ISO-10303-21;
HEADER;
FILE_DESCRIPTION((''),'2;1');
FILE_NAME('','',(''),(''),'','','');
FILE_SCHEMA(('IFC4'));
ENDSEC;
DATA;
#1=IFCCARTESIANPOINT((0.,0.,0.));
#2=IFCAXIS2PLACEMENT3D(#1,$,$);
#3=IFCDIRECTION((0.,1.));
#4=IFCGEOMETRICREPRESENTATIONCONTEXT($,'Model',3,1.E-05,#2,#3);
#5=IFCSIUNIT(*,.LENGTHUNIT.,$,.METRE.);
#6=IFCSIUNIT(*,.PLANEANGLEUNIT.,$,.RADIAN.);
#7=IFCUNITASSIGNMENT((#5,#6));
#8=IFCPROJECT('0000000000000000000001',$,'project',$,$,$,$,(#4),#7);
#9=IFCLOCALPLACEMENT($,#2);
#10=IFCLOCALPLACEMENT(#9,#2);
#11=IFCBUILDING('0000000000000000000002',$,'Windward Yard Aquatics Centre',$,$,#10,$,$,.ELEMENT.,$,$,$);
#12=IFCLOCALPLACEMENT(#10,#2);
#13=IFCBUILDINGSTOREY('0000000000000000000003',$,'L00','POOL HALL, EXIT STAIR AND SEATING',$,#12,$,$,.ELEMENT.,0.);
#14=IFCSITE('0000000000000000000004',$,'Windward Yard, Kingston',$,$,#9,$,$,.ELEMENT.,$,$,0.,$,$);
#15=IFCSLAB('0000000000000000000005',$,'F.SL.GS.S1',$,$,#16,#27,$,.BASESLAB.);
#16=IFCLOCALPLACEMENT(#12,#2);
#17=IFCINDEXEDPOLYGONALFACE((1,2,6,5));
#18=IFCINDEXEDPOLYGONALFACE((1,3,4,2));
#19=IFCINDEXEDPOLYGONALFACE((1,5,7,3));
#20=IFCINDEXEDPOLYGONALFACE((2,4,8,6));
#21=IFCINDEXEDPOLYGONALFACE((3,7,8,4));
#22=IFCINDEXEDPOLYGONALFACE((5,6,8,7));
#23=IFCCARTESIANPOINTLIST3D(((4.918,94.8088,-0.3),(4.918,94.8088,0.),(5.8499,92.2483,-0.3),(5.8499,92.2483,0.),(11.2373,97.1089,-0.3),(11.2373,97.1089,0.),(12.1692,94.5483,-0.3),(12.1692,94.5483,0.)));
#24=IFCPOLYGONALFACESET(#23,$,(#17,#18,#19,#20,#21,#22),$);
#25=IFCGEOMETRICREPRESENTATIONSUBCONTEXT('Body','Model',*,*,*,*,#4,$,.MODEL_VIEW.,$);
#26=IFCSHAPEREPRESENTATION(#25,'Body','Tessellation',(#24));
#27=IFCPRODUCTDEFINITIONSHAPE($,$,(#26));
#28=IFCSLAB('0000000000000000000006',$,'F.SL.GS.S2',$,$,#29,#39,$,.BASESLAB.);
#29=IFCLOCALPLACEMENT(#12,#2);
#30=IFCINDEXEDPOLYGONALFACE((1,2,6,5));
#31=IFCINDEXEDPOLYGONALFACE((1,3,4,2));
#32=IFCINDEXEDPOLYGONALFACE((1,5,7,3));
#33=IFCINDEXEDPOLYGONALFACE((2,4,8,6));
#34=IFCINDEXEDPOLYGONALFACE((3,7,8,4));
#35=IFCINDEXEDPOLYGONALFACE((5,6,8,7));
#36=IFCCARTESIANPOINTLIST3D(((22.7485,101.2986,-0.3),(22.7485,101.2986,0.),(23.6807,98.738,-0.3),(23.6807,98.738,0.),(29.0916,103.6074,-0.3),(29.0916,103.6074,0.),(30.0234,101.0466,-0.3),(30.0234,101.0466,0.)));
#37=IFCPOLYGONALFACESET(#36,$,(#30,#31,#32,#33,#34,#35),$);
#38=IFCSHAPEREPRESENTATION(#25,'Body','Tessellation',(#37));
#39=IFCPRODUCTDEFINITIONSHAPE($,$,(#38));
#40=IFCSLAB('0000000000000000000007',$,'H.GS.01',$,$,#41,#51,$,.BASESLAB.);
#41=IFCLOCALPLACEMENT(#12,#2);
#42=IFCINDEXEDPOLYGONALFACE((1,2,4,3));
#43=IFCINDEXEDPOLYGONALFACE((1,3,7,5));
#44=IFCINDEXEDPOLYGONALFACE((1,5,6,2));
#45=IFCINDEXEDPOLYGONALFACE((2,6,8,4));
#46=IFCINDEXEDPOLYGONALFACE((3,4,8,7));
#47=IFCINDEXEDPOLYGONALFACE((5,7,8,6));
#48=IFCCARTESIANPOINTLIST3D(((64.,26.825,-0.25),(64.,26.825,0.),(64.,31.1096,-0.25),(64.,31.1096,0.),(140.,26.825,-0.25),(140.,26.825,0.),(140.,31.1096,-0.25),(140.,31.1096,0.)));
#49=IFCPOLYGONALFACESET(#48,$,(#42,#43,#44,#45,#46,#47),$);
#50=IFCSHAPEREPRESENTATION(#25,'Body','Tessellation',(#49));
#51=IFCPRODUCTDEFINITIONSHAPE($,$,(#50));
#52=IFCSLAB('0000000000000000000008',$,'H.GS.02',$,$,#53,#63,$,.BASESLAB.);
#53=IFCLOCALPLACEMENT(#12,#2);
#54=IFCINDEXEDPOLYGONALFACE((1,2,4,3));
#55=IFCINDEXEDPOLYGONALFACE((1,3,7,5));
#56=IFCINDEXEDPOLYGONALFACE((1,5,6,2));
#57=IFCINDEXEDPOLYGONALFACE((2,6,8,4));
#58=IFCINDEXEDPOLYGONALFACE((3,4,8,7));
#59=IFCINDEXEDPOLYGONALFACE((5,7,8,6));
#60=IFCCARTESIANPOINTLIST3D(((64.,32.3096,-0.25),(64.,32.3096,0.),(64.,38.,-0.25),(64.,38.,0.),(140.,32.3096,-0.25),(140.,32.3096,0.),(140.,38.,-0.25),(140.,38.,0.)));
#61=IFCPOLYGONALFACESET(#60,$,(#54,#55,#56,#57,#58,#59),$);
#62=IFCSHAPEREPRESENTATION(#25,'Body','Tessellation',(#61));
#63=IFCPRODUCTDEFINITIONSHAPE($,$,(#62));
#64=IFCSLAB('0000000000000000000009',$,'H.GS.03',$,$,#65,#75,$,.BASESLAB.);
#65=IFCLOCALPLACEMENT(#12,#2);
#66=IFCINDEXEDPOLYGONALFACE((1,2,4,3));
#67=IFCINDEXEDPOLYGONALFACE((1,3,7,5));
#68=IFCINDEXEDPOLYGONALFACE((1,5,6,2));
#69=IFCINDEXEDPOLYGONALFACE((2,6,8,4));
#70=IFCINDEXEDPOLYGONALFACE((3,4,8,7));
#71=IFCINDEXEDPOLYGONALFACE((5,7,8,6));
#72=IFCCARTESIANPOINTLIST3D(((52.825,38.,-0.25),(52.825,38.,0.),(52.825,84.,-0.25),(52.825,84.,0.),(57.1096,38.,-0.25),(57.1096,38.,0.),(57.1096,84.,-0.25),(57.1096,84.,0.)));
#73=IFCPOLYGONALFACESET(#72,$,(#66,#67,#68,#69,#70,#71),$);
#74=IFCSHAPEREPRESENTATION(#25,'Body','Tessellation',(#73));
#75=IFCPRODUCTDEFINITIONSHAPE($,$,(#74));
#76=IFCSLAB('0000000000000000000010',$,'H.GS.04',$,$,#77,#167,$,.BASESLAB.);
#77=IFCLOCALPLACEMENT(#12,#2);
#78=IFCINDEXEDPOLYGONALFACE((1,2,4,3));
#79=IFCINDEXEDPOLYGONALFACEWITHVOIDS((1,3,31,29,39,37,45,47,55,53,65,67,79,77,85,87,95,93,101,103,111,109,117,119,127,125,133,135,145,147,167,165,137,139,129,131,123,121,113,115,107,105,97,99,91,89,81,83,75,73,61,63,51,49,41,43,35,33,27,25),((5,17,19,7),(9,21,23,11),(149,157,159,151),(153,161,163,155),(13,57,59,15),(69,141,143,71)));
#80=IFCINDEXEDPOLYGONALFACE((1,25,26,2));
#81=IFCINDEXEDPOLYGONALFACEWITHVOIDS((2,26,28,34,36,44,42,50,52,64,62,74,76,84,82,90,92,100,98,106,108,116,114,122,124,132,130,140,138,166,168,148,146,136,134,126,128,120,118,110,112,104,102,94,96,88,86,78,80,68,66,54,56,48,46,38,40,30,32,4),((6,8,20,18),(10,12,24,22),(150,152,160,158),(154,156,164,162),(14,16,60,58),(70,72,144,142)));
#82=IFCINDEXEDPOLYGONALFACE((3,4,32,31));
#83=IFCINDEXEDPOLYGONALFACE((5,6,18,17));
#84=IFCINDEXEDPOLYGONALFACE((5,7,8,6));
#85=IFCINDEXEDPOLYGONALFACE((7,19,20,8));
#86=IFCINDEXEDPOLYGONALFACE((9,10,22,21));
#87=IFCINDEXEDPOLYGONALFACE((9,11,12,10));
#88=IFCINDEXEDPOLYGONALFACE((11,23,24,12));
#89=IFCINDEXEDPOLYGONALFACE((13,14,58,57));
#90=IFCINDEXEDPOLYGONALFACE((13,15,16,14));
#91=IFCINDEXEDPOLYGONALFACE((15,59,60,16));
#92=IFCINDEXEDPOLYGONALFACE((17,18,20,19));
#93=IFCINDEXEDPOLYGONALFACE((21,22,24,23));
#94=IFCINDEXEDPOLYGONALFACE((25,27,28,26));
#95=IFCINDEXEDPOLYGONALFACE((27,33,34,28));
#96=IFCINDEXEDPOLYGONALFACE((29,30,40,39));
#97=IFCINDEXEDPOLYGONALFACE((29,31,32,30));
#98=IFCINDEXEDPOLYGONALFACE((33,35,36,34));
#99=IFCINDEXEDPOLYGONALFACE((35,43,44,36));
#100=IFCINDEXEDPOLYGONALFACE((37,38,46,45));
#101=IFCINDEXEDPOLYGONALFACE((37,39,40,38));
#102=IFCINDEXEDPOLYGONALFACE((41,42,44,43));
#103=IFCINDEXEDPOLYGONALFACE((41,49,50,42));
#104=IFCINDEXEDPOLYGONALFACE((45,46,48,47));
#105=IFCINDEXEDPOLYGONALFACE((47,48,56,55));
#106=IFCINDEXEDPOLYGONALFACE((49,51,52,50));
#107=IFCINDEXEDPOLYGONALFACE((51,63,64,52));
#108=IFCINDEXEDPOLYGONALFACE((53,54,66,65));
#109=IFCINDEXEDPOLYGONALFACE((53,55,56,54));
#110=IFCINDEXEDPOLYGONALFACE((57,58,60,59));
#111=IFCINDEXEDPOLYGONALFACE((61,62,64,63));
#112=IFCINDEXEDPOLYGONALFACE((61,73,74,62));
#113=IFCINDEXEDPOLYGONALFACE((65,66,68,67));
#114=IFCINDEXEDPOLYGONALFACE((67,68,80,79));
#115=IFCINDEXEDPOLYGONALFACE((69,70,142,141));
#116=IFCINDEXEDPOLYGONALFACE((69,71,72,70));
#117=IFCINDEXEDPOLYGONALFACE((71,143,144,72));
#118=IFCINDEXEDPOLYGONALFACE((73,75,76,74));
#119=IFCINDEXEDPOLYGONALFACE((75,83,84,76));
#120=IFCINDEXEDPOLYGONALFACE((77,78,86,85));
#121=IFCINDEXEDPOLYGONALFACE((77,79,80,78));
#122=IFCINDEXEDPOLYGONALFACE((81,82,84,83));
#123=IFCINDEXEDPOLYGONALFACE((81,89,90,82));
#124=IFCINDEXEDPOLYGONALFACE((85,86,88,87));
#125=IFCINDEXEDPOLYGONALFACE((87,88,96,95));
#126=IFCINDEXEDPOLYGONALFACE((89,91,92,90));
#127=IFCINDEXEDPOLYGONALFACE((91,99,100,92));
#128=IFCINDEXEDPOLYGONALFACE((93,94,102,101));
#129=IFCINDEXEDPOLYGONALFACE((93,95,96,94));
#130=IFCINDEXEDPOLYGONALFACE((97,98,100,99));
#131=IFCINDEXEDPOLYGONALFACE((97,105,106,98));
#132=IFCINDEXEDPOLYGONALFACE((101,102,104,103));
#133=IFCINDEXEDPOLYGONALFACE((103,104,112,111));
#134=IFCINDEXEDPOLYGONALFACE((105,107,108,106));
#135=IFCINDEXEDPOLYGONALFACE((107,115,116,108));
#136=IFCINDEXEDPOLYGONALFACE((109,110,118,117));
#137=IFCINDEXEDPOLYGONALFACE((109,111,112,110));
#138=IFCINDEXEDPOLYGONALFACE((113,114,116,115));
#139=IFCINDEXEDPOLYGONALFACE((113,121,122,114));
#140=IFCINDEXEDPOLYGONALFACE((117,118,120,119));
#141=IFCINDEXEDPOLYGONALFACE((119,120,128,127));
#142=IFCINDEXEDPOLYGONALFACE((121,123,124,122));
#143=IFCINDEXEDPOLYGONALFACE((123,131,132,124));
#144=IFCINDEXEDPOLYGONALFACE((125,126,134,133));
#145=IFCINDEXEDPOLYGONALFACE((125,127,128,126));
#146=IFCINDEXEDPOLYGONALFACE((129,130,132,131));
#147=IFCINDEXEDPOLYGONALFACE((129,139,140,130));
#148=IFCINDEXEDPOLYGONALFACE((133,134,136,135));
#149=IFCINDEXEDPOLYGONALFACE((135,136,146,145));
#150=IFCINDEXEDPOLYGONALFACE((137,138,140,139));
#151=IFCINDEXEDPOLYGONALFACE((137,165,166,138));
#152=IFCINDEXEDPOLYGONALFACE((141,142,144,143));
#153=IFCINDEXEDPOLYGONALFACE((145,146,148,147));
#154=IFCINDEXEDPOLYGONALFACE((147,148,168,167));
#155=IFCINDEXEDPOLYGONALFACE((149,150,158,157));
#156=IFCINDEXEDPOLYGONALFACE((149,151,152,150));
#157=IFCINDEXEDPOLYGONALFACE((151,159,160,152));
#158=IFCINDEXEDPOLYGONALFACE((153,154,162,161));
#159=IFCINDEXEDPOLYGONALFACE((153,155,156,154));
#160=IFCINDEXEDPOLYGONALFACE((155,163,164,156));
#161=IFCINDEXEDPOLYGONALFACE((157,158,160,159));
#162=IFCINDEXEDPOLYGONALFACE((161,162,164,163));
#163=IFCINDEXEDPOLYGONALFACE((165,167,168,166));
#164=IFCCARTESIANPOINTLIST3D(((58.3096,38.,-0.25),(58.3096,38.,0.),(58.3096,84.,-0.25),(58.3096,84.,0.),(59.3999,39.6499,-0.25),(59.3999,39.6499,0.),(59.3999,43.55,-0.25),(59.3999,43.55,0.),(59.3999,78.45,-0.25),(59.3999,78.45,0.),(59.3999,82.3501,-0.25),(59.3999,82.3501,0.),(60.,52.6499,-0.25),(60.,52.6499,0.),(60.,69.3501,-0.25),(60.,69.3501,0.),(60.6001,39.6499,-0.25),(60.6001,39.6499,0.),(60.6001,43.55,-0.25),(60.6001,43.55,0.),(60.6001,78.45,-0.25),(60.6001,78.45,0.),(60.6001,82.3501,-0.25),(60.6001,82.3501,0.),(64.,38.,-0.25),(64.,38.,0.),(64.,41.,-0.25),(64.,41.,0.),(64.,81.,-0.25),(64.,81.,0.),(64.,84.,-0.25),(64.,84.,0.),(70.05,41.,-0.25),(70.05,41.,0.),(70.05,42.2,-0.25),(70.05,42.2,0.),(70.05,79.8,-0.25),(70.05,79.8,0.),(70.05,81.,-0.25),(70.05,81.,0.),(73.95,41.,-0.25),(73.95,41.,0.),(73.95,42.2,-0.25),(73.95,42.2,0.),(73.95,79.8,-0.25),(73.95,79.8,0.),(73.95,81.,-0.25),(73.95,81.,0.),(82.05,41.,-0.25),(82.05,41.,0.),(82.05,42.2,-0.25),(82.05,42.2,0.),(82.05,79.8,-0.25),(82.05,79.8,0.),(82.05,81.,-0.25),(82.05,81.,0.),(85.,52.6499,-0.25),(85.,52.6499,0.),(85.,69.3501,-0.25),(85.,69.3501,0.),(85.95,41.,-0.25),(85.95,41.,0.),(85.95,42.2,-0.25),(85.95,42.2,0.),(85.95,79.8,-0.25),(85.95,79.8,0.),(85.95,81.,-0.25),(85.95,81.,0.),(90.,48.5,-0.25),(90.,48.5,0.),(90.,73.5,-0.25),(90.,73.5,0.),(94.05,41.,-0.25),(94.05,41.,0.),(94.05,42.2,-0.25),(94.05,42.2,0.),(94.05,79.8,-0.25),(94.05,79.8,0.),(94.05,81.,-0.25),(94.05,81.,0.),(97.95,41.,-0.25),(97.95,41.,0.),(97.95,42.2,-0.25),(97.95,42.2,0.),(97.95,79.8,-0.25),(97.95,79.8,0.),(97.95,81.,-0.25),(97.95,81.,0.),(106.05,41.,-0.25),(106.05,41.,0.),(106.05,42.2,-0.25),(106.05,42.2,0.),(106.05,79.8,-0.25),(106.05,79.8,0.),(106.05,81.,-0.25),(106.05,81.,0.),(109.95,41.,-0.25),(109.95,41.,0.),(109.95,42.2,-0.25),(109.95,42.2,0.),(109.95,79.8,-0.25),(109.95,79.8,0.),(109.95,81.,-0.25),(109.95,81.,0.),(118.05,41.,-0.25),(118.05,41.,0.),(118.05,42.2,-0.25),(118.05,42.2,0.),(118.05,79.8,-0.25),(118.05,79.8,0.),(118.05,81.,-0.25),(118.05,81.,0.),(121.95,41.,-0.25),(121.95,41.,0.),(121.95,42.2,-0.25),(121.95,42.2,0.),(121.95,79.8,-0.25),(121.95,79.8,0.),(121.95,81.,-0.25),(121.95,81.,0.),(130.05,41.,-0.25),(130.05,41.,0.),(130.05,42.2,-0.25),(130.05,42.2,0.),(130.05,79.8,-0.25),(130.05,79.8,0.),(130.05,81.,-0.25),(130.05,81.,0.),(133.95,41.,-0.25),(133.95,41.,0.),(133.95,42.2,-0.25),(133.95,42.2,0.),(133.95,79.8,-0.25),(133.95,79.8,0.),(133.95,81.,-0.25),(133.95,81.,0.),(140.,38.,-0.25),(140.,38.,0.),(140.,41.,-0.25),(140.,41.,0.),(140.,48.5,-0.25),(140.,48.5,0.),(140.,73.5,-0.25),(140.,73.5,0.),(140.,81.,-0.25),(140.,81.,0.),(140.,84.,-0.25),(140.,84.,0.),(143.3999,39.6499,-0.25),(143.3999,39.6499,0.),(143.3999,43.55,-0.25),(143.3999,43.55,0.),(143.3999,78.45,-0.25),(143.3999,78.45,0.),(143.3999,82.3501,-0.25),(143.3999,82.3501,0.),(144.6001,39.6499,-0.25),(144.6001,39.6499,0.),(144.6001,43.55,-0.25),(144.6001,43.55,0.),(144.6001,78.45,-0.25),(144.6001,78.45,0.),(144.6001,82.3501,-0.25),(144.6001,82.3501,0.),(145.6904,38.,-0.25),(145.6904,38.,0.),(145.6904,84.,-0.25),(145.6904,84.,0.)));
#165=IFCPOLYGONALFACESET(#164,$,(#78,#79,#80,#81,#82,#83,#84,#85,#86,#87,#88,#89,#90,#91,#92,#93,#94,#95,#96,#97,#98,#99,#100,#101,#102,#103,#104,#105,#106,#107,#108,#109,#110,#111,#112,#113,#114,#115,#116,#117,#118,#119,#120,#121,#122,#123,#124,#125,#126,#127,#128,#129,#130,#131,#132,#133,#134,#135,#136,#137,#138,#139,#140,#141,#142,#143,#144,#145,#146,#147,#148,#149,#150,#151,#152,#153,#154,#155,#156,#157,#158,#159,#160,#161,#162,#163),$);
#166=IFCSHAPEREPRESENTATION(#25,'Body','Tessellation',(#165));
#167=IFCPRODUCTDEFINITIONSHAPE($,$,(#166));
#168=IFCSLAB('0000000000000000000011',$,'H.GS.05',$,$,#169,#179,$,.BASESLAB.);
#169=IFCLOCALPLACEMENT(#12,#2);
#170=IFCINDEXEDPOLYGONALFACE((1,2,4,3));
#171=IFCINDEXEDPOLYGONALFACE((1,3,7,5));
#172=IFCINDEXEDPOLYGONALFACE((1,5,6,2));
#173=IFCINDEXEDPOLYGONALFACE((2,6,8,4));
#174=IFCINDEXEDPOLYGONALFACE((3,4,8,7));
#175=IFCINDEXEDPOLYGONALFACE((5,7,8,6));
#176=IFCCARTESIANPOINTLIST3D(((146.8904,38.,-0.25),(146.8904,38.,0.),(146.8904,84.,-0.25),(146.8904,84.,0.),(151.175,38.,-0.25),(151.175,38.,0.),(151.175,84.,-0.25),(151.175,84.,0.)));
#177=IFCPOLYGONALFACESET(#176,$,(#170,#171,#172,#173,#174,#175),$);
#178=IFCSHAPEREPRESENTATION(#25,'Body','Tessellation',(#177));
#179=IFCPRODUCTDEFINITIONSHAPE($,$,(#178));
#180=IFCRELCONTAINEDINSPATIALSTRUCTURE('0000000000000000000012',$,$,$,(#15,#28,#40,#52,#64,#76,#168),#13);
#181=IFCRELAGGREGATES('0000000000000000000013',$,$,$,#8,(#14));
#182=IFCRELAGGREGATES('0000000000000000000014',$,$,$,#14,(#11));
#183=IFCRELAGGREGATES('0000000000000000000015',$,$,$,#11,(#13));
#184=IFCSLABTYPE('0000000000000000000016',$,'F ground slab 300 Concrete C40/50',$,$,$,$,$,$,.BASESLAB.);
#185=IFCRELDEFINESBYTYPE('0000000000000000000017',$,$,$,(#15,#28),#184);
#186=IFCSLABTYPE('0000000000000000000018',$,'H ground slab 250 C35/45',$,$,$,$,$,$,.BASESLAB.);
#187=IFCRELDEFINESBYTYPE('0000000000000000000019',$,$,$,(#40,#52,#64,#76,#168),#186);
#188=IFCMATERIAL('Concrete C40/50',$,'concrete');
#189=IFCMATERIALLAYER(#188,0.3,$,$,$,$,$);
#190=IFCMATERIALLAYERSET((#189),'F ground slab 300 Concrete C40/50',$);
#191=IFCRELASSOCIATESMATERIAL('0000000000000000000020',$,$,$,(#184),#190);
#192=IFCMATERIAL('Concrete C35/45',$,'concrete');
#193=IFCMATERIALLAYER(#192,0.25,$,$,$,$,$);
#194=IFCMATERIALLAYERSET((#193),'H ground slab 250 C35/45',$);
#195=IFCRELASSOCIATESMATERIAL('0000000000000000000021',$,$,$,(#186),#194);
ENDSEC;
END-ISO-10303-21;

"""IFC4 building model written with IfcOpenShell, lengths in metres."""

from ifc_helpers import new_model, si_unit, direction, frame, origin, place, context, subcontext, project, spatial, polyline, outline, extrude, material, layer, layer_set, type_object, element, save


model = new_model("IFC4")

# Units and contexts
model_context = context("Model", 3, precision=1e-05, world=origin(), true_north=direction((0.0, 1.0)))
body_context = subcontext(model_context, "Body", "Model", "MODEL_VIEW")
ifc_project = project(units=[si_unit("LENGTHUNIT", "METRE"), si_unit("PLANEANGLEUNIT", "RADIAN")], contexts=[model_context])

# Site, building, storey
site_placement = place(None, origin())
site = spatial("IfcSite", under=ifc_project, at=site_placement, Name="Windward Yard, Kingston", CompositionType="ELEMENT", RefElevation=0.0)
building_placement = place(site_placement, origin())
building = spatial("IfcBuilding", under=site, at=building_placement, Name="Windward Yard Aquatics Centre", CompositionType="ELEMENT")
storey_placement = place(building_placement, origin())
storey = spatial("IfcBuildingStorey", under=building, at=storey_placement, Name="L00", Description="POOL HALL, EXIT STAIR AND SEATING", CompositionType="ELEMENT", Elevation=0.0)

# Slabs
ifc_material_1 = material(Name="Concrete C35/45", Category="concrete")
ifc_material_2 = material(Name="Concrete C40/50", Category="concrete")
ifc_layer_1 = layer(ifc_material_2, 0.3)
ifc_layer_set_1 = layer_set([ifc_layer_1], Name="F ground slab 300 Concrete C40/50")
slab_type_1 = type_object("IfcSlabType", Name="F ground slab 300 Concrete C40/50", PredefinedType="BASESLAB", material=ifc_layer_set_1)
slab_1_placement = place(storey_placement, frame((0.0, 0.0, -0.3)))
element("IfcSlab", 1, at=slab_1_placement, inside=storey, type_object=slab_type_1, Name="F.SL.GS.S1", PredefinedType="BASESLAB", context=body_context, shape_type="SweptSolid", body=[
    extrude(outline(polyline([(4.918, 94.8088), (5.8499, 92.2483), (12.1692, 94.5483), (11.2373, 97.1089), (4.918, 94.8088)])), origin(), (0.0, 0.0, 1.0), 0.3),
])
slab_2_placement = place(storey_placement, frame((0.0, 0.0, -0.3)))
element("IfcSlab", 2, at=slab_2_placement, inside=storey, type_object=slab_type_1, Name="F.SL.GS.S2", PredefinedType="BASESLAB", context=body_context, shape_type="SweptSolid", body=[
    extrude(outline(polyline([(22.7485, 101.2986), (23.6807, 98.738), (30.0234, 101.0466), (29.0916, 103.6074), (22.7485, 101.2986)])), origin(), (0.0, 0.0, 1.0), 0.3),
])
ifc_layer_2 = layer(ifc_material_1, 0.25)
ifc_layer_set_2 = layer_set([ifc_layer_2], Name="H ground slab 250 C35/45")
slab_type_2 = type_object("IfcSlabType", Name="H ground slab 250 C35/45", PredefinedType="BASESLAB", material=ifc_layer_set_2)
slab_3_placement = place(storey_placement, frame((0.0, 0.0, -0.25)))
element("IfcSlab", 3, at=slab_3_placement, inside=storey, type_object=slab_type_2, Name="H.GS.01", PredefinedType="BASESLAB", context=body_context, shape_type="SweptSolid", body=[
    extrude(outline(polyline([(64.0, 26.825), (64.0, 31.1096), (140.0, 31.1096), (140.0, 26.825), (64.0, 26.825)])), origin(), (0.0, 0.0, 1.0), 0.25),
])
slab_4_placement = place(storey_placement, frame((0.0, 0.0, -0.25)))
element("IfcSlab", 4, at=slab_4_placement, inside=storey, type_object=slab_type_2, Name="H.GS.02", PredefinedType="BASESLAB", context=body_context, shape_type="SweptSolid", body=[
    extrude(outline(polyline([(64.0, 32.3096), (64.0, 38.0), (140.0, 38.0), (140.0, 32.3096), (64.0, 32.3096)])), origin(), (0.0, 0.0, 1.0), 0.25),
])
slab_5_placement = place(storey_placement, frame((0.0, 0.0, -0.25)))
element("IfcSlab", 5, at=slab_5_placement, inside=storey, type_object=slab_type_2, Name="H.GS.03", PredefinedType="BASESLAB", context=body_context, shape_type="SweptSolid", body=[
    extrude(outline(polyline([(52.825, 38.0), (52.825, 84.0), (57.1096, 84.0), (57.1096, 38.0), (52.825, 38.0)])), origin(), (0.0, 0.0, 1.0), 0.25),
])
slab_6_placement = place(storey_placement, frame((0.0, 0.0, -0.25)))
element("IfcSlab", 6, at=slab_6_placement, inside=storey, type_object=slab_type_2, Name="H.GS.04", PredefinedType="BASESLAB", context=body_context, shape_type="SweptSolid", body=[
    extrude(outline(polyline([(58.3096, 38.0), (58.3096, 84.0), (64.0, 84.0), (64.0, 81.0), (70.05, 81.0), (70.05, 79.8), (73.95, 79.8), (73.95, 81.0), (82.05, 81.0), (82.05, 79.8), (85.95, 79.8), (85.95, 81.0), (94.05, 81.0), (94.05, 79.8), (97.95, 79.8), (97.95, 81.0), (106.05, 81.0), (106.05, 79.8), (109.95, 79.8), (109.95, 81.0), (118.05, 81.0), (118.05, 79.8), (121.95, 79.8), (121.95, 81.0), (130.05, 81.0), (130.05, 79.8), (133.95, 79.8), (133.95, 81.0), (140.0, 81.0), (140.0, 84.0), (145.6904, 84.0), (145.6904, 38.0), (140.0, 38.0), (140.0, 41.0), (133.95, 41.0), (133.95, 42.2), (130.05, 42.2), (130.05, 41.0), (121.95, 41.0), (121.95, 42.2), (118.05, 42.2), (118.05, 41.0), (109.95, 41.0), (109.95, 42.2), (106.05, 42.2), (106.05, 41.0), (97.95, 41.0), (97.95, 42.2), (94.05, 42.2), (94.05, 41.0), (85.95, 41.0), (85.95, 42.2), (82.05, 42.2), (82.05, 41.0), (73.95, 41.0), (73.95, 42.2), (70.05, 42.2), (70.05, 41.0), (64.0, 41.0), (64.0, 38.0), (58.3096, 38.0)]), holes=[polyline([(59.3999, 39.6499), (60.6001, 39.6499), (60.6001, 43.55), (59.3999, 43.55), (59.3999, 39.6499)]), polyline([(60.0, 52.6499), (85.0, 52.6499), (85.0, 69.3501), (60.0, 69.3501), (60.0, 52.6499)]), polyline([(59.3999, 78.45), (60.6001, 78.45), (60.6001, 82.3501), (59.3999, 82.3501), (59.3999, 78.45)]), polyline([(143.3999, 39.6499), (144.6001, 39.6499), (144.6001, 43.55), (143.3999, 43.55), (143.3999, 39.6499)]), polyline([(90.0, 48.5), (140.0, 48.5), (140.0, 73.5), (90.0, 73.5), (90.0, 48.5)]), polyline([(143.3999, 78.45), (144.6001, 78.45), (144.6001, 82.3501), (143.3999, 82.3501), (143.3999, 78.45)])]), origin(), (0.0, 0.0, 1.0), 0.25),
])
slab_7_placement = place(storey_placement, frame((0.0, 0.0, -0.25)))
element("IfcSlab", 7, at=slab_7_placement, inside=storey, type_object=slab_type_2, Name="H.GS.05", PredefinedType="BASESLAB", context=body_context, shape_type="SweptSolid", body=[
    extrude(outline(polyline([(146.8904, 38.0), (146.8904, 84.0), (151.175, 84.0), (151.175, 38.0), (146.8904, 38.0)])), origin(), (0.0, 0.0, 1.0), 0.25),
])

save(model, "model.ifc")
